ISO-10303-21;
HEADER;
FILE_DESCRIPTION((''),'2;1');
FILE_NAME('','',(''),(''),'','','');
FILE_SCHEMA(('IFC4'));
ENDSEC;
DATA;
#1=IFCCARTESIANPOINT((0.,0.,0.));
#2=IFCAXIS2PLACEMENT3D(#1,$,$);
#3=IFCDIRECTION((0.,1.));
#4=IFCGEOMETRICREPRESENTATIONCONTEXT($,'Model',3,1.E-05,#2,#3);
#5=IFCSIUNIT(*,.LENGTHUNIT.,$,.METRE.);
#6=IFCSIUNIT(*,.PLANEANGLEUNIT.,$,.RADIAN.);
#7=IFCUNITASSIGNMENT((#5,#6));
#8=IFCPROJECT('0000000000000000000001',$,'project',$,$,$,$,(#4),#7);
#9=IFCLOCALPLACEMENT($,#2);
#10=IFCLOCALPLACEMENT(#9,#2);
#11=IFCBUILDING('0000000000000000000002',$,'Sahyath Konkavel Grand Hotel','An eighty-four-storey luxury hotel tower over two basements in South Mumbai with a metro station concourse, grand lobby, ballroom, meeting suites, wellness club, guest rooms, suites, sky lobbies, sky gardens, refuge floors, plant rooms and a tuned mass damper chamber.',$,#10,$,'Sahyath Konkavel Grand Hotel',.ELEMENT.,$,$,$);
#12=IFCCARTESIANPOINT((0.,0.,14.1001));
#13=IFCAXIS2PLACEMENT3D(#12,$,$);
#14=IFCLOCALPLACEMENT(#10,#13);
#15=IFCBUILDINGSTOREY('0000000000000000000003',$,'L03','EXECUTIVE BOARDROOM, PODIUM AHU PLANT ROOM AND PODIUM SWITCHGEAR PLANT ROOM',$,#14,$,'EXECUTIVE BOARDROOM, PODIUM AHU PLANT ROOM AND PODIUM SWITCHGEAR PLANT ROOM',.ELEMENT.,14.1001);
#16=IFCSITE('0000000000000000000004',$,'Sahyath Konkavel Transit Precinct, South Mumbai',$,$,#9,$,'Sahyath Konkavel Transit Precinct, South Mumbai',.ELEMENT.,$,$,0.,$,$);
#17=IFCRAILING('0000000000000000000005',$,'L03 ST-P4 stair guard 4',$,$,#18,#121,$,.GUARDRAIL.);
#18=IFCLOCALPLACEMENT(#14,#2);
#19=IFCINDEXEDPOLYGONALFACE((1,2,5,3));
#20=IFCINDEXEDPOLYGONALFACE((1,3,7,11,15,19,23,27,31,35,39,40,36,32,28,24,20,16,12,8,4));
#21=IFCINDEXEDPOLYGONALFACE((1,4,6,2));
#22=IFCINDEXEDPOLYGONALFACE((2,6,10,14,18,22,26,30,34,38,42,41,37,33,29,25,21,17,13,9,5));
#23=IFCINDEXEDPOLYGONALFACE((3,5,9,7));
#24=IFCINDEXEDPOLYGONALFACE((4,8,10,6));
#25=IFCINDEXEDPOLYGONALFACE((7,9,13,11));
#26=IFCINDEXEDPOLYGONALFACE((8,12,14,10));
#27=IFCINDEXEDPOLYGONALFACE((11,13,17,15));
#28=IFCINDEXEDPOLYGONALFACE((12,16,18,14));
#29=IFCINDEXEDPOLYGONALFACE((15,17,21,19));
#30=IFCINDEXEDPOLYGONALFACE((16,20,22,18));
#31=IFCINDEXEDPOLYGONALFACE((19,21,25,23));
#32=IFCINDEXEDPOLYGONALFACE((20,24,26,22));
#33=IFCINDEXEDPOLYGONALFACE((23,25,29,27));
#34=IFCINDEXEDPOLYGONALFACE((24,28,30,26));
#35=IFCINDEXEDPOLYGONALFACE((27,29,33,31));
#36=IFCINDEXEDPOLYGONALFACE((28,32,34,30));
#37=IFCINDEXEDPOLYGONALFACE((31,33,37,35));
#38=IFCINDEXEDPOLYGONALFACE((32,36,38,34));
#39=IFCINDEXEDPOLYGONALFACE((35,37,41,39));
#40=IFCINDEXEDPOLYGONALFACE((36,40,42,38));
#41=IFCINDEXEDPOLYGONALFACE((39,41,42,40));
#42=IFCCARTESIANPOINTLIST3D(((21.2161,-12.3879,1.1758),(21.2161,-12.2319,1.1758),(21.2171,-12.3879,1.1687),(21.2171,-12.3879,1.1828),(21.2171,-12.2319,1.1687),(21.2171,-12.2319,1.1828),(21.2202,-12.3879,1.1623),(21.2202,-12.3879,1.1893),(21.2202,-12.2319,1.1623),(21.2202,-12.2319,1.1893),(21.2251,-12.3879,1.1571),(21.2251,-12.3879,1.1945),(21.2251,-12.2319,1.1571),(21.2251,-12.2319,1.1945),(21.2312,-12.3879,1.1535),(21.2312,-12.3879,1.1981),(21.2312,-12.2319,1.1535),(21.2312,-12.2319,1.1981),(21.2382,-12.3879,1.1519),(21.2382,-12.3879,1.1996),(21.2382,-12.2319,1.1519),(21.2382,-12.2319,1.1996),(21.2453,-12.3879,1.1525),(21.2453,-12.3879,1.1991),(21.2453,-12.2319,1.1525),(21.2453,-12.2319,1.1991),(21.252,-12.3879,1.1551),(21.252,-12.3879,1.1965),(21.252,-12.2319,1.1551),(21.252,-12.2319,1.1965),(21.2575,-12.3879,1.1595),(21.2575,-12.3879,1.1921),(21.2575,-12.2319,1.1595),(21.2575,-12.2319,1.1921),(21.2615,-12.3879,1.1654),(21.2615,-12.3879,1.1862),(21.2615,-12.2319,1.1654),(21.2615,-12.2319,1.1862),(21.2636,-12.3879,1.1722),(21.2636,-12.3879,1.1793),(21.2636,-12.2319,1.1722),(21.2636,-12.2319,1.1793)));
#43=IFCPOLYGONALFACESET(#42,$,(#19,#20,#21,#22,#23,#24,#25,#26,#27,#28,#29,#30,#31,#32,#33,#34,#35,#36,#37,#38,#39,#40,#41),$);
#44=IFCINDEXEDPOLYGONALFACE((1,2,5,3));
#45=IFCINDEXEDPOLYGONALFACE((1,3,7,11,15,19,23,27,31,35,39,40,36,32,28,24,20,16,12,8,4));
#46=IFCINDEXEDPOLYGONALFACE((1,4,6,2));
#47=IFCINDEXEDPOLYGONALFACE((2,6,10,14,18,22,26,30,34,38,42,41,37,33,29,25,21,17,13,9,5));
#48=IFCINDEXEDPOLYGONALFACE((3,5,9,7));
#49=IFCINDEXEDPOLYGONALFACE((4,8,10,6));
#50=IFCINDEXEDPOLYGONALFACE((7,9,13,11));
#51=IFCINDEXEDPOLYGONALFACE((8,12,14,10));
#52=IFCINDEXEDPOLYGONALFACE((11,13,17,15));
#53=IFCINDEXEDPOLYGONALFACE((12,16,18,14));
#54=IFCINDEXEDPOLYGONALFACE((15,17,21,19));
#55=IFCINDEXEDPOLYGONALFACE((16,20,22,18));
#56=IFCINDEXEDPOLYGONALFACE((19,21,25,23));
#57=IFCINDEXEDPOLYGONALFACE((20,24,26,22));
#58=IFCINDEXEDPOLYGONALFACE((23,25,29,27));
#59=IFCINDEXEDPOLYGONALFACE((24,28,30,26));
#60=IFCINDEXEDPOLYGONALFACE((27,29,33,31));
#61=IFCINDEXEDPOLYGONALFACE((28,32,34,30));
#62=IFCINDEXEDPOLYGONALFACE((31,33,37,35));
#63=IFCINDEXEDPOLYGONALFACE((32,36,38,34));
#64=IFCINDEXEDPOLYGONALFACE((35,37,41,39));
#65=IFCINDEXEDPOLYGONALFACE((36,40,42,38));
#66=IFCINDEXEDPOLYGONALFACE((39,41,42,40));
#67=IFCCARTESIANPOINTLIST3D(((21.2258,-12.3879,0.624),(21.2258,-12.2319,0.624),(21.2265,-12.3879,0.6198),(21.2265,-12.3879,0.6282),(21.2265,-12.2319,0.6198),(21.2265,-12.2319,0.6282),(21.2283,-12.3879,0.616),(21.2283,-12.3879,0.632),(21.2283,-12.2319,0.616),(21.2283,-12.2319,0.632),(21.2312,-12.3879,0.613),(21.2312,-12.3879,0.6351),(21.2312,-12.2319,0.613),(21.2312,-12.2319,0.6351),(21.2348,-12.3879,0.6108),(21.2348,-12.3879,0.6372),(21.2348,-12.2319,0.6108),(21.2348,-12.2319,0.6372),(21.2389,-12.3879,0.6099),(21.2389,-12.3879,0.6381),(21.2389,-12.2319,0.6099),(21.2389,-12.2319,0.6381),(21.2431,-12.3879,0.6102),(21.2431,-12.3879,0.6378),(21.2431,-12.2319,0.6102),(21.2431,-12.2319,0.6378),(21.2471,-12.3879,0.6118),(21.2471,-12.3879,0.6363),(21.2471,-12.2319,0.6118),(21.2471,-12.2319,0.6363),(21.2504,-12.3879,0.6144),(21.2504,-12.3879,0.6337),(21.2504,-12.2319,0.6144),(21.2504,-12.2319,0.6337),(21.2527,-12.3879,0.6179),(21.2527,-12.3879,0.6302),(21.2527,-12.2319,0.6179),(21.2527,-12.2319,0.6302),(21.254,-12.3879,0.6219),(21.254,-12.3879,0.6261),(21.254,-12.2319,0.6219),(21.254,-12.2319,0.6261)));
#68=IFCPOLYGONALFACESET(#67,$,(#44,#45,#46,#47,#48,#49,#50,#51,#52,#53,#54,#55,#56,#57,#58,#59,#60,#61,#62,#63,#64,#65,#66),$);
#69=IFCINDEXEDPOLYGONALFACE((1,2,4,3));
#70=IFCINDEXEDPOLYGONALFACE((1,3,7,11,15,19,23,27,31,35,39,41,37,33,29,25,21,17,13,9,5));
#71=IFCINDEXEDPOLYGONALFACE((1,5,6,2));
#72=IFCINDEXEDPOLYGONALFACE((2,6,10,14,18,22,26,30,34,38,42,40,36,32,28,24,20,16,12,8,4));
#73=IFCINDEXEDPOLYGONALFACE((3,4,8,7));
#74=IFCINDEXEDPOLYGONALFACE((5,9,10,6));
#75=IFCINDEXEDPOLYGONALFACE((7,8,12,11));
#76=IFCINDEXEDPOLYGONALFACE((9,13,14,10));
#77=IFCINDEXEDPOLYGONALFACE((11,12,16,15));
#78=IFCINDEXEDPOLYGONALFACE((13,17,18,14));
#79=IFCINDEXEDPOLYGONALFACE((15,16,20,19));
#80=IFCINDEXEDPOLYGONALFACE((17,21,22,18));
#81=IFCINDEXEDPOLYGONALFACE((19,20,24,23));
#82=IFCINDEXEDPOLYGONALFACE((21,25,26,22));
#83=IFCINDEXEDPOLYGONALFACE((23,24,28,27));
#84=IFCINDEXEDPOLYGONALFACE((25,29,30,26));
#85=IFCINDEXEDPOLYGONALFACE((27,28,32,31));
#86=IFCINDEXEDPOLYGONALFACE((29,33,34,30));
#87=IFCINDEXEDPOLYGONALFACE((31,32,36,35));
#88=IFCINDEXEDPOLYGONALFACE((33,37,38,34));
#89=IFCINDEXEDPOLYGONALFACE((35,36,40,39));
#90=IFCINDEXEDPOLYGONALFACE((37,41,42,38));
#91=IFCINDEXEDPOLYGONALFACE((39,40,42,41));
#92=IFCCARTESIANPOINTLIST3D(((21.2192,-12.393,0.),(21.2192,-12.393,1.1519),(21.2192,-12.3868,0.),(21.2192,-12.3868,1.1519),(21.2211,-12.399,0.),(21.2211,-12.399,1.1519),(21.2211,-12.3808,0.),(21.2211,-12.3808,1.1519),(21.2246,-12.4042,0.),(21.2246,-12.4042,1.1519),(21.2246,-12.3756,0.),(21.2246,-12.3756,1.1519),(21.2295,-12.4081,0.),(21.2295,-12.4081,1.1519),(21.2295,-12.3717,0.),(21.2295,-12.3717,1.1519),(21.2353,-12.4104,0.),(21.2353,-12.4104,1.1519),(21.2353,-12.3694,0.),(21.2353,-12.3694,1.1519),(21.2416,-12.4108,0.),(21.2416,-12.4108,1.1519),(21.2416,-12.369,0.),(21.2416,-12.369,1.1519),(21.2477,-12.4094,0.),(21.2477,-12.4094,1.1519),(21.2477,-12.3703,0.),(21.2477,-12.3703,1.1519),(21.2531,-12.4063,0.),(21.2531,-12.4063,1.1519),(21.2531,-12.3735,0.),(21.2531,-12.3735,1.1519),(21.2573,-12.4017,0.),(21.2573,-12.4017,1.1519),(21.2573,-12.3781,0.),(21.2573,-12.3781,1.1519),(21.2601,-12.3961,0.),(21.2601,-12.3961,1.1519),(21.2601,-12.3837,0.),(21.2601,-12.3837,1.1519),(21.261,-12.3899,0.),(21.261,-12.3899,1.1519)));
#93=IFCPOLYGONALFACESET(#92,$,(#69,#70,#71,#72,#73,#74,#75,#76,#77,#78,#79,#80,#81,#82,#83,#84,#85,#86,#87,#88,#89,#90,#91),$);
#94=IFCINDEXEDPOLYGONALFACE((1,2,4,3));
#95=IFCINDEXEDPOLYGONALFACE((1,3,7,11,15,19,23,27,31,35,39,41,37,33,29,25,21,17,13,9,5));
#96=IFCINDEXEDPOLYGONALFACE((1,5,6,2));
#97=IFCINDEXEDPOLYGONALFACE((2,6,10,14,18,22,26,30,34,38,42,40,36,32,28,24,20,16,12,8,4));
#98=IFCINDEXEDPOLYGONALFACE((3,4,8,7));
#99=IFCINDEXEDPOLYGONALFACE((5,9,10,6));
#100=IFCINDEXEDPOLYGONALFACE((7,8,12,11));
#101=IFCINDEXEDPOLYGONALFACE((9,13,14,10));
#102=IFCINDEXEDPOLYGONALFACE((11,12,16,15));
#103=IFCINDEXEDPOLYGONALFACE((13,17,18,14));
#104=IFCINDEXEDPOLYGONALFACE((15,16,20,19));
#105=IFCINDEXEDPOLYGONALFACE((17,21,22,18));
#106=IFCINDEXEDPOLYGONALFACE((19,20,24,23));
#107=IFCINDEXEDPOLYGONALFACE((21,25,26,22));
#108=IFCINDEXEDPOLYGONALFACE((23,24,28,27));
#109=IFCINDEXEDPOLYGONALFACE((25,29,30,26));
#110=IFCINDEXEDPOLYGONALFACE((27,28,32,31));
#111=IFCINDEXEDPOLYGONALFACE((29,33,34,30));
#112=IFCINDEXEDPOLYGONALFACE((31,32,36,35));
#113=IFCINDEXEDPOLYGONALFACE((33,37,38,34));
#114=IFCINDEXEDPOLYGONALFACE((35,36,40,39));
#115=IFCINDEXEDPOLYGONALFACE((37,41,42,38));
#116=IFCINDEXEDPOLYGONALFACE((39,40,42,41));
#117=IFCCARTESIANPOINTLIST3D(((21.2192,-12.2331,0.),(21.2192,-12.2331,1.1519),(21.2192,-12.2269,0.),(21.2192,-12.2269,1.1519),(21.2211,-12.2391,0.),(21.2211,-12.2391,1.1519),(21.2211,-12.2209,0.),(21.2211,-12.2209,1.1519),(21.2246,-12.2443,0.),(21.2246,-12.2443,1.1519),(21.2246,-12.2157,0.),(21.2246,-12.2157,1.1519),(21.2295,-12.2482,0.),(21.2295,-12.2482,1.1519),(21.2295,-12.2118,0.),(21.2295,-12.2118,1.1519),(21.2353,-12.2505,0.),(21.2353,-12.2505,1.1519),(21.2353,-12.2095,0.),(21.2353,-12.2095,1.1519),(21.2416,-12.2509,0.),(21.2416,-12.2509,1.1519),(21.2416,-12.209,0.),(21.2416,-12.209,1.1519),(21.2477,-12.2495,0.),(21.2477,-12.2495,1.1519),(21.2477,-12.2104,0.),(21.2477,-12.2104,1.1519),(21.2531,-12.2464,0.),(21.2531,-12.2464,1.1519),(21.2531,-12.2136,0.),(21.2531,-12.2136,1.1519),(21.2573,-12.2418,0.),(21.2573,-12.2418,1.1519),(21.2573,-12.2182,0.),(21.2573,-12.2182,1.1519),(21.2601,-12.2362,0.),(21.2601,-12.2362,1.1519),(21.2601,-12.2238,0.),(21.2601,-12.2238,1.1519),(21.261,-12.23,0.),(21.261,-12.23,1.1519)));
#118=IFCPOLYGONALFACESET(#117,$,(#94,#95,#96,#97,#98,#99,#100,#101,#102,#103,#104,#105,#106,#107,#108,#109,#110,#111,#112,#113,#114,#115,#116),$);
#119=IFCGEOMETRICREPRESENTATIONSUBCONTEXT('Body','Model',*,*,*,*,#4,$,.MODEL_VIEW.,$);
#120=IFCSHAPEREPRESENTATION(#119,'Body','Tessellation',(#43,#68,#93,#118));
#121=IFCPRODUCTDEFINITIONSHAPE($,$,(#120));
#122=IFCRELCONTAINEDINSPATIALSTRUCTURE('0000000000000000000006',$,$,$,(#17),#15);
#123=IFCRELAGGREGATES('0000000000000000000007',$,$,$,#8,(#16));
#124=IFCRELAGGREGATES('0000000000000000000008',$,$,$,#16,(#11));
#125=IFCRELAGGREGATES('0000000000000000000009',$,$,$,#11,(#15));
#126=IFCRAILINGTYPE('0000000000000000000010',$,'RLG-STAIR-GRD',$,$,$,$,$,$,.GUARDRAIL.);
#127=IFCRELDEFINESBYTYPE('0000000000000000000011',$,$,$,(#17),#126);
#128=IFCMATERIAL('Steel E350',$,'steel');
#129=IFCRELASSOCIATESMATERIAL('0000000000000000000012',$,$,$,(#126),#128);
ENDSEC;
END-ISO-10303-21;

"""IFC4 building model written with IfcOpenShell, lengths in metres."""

from ifc_helpers import new_model, si_unit, direction, frame, origin, origin_2d, place, context, subcontext, project, spatial, circle, extrude, material, type_object, element, save


model = new_model("IFC4")

# Units and contexts
model_context = context("Model", 3, precision=1e-05, world=origin(), true_north=direction((0.0, 1.0)))
body_context = subcontext(model_context, "Body", "Model", "MODEL_VIEW")
ifc_project = project(units=[si_unit("LENGTHUNIT", "METRE"), si_unit("PLANEANGLEUNIT", "RADIAN")], contexts=[model_context])

# Site, building, storey
site_placement = place(None, origin())
site = spatial("IfcSite", under=ifc_project, at=site_placement, Name="Sahyath Konkavel Transit Precinct, South Mumbai", LongName="Sahyath Konkavel Transit Precinct, South Mumbai", CompositionType="ELEMENT", RefElevation=0.0)
building_placement = place(site_placement, origin())
building = spatial("IfcBuilding", under=site, at=building_placement, Name="Sahyath Konkavel Grand Hotel", Description="An eighty-four-storey luxury hotel tower over two basements in South Mumbai with a metro station concourse, grand lobby, ballroom, meeting suites, wellness club, guest rooms, suites, sky lobbies, sky gardens, refuge floors, plant rooms and a tuned mass damper chamber.", LongName="Sahyath Konkavel Grand Hotel", CompositionType="ELEMENT")
storey_placement = place(building_placement, frame((0.0, 0.0, 14.1001)))
storey = spatial("IfcBuildingStorey", under=building, at=storey_placement, Name="L03", Description="EXECUTIVE BOARDROOM, PODIUM AHU PLANT ROOM AND PODIUM SWITCHGEAR PLANT ROOM", LongName="EXECUTIVE BOARDROOM, PODIUM AHU PLANT ROOM AND PODIUM SWITCHGEAR PLANT ROOM", CompositionType="ELEMENT", Elevation=14.1001)

# Shared definitions
ifc_material_1 = material(Name="Steel E350", Category="steel")

# Railing
railing_type_1 = type_object("IfcRailingType", Name="RLG-STAIR-GRD", PredefinedType="GUARDRAIL", material=ifc_material_1)
railing_1_placement = place(storey_placement, frame((21.24, -12.3899, 0.0)))
element("IfcRailing", 1, at=railing_1_placement, inside=storey, type_object=railing_type_1, Name="L03 ST-P4 stair guard 4", PredefinedType="GUARDRAIL", context=body_context, shape_type="SweptSolid", body=[
    extrude(circle(Radius=0.0239, at=origin_2d()), frame((0.0, 0.002, 1.1758), z_axis=(0.0, 1.0, 0.0), x_axis=(-1.0, 0.0, 0.0)), (0.0, 0.0, 1.0), 0.156),
    extrude(circle(Radius=0.0142, at=origin_2d()), frame((0.0, 0.002, 0.624), z_axis=(0.0, 1.0, 0.0), x_axis=(-1.0, 0.0, 0.0)), (0.0, 0.0, 1.0), 0.156),
    extrude(circle(Radius=0.021, at=origin_2d()), origin(), (0.0, 0.0, 1.0), 1.1519),
    extrude(circle(Radius=0.021, at=origin_2d()), frame((0.0, 0.1599, 0.0)), (0.0, 0.0, 1.0), 1.1519),
])

save(model, "model.ifc")
